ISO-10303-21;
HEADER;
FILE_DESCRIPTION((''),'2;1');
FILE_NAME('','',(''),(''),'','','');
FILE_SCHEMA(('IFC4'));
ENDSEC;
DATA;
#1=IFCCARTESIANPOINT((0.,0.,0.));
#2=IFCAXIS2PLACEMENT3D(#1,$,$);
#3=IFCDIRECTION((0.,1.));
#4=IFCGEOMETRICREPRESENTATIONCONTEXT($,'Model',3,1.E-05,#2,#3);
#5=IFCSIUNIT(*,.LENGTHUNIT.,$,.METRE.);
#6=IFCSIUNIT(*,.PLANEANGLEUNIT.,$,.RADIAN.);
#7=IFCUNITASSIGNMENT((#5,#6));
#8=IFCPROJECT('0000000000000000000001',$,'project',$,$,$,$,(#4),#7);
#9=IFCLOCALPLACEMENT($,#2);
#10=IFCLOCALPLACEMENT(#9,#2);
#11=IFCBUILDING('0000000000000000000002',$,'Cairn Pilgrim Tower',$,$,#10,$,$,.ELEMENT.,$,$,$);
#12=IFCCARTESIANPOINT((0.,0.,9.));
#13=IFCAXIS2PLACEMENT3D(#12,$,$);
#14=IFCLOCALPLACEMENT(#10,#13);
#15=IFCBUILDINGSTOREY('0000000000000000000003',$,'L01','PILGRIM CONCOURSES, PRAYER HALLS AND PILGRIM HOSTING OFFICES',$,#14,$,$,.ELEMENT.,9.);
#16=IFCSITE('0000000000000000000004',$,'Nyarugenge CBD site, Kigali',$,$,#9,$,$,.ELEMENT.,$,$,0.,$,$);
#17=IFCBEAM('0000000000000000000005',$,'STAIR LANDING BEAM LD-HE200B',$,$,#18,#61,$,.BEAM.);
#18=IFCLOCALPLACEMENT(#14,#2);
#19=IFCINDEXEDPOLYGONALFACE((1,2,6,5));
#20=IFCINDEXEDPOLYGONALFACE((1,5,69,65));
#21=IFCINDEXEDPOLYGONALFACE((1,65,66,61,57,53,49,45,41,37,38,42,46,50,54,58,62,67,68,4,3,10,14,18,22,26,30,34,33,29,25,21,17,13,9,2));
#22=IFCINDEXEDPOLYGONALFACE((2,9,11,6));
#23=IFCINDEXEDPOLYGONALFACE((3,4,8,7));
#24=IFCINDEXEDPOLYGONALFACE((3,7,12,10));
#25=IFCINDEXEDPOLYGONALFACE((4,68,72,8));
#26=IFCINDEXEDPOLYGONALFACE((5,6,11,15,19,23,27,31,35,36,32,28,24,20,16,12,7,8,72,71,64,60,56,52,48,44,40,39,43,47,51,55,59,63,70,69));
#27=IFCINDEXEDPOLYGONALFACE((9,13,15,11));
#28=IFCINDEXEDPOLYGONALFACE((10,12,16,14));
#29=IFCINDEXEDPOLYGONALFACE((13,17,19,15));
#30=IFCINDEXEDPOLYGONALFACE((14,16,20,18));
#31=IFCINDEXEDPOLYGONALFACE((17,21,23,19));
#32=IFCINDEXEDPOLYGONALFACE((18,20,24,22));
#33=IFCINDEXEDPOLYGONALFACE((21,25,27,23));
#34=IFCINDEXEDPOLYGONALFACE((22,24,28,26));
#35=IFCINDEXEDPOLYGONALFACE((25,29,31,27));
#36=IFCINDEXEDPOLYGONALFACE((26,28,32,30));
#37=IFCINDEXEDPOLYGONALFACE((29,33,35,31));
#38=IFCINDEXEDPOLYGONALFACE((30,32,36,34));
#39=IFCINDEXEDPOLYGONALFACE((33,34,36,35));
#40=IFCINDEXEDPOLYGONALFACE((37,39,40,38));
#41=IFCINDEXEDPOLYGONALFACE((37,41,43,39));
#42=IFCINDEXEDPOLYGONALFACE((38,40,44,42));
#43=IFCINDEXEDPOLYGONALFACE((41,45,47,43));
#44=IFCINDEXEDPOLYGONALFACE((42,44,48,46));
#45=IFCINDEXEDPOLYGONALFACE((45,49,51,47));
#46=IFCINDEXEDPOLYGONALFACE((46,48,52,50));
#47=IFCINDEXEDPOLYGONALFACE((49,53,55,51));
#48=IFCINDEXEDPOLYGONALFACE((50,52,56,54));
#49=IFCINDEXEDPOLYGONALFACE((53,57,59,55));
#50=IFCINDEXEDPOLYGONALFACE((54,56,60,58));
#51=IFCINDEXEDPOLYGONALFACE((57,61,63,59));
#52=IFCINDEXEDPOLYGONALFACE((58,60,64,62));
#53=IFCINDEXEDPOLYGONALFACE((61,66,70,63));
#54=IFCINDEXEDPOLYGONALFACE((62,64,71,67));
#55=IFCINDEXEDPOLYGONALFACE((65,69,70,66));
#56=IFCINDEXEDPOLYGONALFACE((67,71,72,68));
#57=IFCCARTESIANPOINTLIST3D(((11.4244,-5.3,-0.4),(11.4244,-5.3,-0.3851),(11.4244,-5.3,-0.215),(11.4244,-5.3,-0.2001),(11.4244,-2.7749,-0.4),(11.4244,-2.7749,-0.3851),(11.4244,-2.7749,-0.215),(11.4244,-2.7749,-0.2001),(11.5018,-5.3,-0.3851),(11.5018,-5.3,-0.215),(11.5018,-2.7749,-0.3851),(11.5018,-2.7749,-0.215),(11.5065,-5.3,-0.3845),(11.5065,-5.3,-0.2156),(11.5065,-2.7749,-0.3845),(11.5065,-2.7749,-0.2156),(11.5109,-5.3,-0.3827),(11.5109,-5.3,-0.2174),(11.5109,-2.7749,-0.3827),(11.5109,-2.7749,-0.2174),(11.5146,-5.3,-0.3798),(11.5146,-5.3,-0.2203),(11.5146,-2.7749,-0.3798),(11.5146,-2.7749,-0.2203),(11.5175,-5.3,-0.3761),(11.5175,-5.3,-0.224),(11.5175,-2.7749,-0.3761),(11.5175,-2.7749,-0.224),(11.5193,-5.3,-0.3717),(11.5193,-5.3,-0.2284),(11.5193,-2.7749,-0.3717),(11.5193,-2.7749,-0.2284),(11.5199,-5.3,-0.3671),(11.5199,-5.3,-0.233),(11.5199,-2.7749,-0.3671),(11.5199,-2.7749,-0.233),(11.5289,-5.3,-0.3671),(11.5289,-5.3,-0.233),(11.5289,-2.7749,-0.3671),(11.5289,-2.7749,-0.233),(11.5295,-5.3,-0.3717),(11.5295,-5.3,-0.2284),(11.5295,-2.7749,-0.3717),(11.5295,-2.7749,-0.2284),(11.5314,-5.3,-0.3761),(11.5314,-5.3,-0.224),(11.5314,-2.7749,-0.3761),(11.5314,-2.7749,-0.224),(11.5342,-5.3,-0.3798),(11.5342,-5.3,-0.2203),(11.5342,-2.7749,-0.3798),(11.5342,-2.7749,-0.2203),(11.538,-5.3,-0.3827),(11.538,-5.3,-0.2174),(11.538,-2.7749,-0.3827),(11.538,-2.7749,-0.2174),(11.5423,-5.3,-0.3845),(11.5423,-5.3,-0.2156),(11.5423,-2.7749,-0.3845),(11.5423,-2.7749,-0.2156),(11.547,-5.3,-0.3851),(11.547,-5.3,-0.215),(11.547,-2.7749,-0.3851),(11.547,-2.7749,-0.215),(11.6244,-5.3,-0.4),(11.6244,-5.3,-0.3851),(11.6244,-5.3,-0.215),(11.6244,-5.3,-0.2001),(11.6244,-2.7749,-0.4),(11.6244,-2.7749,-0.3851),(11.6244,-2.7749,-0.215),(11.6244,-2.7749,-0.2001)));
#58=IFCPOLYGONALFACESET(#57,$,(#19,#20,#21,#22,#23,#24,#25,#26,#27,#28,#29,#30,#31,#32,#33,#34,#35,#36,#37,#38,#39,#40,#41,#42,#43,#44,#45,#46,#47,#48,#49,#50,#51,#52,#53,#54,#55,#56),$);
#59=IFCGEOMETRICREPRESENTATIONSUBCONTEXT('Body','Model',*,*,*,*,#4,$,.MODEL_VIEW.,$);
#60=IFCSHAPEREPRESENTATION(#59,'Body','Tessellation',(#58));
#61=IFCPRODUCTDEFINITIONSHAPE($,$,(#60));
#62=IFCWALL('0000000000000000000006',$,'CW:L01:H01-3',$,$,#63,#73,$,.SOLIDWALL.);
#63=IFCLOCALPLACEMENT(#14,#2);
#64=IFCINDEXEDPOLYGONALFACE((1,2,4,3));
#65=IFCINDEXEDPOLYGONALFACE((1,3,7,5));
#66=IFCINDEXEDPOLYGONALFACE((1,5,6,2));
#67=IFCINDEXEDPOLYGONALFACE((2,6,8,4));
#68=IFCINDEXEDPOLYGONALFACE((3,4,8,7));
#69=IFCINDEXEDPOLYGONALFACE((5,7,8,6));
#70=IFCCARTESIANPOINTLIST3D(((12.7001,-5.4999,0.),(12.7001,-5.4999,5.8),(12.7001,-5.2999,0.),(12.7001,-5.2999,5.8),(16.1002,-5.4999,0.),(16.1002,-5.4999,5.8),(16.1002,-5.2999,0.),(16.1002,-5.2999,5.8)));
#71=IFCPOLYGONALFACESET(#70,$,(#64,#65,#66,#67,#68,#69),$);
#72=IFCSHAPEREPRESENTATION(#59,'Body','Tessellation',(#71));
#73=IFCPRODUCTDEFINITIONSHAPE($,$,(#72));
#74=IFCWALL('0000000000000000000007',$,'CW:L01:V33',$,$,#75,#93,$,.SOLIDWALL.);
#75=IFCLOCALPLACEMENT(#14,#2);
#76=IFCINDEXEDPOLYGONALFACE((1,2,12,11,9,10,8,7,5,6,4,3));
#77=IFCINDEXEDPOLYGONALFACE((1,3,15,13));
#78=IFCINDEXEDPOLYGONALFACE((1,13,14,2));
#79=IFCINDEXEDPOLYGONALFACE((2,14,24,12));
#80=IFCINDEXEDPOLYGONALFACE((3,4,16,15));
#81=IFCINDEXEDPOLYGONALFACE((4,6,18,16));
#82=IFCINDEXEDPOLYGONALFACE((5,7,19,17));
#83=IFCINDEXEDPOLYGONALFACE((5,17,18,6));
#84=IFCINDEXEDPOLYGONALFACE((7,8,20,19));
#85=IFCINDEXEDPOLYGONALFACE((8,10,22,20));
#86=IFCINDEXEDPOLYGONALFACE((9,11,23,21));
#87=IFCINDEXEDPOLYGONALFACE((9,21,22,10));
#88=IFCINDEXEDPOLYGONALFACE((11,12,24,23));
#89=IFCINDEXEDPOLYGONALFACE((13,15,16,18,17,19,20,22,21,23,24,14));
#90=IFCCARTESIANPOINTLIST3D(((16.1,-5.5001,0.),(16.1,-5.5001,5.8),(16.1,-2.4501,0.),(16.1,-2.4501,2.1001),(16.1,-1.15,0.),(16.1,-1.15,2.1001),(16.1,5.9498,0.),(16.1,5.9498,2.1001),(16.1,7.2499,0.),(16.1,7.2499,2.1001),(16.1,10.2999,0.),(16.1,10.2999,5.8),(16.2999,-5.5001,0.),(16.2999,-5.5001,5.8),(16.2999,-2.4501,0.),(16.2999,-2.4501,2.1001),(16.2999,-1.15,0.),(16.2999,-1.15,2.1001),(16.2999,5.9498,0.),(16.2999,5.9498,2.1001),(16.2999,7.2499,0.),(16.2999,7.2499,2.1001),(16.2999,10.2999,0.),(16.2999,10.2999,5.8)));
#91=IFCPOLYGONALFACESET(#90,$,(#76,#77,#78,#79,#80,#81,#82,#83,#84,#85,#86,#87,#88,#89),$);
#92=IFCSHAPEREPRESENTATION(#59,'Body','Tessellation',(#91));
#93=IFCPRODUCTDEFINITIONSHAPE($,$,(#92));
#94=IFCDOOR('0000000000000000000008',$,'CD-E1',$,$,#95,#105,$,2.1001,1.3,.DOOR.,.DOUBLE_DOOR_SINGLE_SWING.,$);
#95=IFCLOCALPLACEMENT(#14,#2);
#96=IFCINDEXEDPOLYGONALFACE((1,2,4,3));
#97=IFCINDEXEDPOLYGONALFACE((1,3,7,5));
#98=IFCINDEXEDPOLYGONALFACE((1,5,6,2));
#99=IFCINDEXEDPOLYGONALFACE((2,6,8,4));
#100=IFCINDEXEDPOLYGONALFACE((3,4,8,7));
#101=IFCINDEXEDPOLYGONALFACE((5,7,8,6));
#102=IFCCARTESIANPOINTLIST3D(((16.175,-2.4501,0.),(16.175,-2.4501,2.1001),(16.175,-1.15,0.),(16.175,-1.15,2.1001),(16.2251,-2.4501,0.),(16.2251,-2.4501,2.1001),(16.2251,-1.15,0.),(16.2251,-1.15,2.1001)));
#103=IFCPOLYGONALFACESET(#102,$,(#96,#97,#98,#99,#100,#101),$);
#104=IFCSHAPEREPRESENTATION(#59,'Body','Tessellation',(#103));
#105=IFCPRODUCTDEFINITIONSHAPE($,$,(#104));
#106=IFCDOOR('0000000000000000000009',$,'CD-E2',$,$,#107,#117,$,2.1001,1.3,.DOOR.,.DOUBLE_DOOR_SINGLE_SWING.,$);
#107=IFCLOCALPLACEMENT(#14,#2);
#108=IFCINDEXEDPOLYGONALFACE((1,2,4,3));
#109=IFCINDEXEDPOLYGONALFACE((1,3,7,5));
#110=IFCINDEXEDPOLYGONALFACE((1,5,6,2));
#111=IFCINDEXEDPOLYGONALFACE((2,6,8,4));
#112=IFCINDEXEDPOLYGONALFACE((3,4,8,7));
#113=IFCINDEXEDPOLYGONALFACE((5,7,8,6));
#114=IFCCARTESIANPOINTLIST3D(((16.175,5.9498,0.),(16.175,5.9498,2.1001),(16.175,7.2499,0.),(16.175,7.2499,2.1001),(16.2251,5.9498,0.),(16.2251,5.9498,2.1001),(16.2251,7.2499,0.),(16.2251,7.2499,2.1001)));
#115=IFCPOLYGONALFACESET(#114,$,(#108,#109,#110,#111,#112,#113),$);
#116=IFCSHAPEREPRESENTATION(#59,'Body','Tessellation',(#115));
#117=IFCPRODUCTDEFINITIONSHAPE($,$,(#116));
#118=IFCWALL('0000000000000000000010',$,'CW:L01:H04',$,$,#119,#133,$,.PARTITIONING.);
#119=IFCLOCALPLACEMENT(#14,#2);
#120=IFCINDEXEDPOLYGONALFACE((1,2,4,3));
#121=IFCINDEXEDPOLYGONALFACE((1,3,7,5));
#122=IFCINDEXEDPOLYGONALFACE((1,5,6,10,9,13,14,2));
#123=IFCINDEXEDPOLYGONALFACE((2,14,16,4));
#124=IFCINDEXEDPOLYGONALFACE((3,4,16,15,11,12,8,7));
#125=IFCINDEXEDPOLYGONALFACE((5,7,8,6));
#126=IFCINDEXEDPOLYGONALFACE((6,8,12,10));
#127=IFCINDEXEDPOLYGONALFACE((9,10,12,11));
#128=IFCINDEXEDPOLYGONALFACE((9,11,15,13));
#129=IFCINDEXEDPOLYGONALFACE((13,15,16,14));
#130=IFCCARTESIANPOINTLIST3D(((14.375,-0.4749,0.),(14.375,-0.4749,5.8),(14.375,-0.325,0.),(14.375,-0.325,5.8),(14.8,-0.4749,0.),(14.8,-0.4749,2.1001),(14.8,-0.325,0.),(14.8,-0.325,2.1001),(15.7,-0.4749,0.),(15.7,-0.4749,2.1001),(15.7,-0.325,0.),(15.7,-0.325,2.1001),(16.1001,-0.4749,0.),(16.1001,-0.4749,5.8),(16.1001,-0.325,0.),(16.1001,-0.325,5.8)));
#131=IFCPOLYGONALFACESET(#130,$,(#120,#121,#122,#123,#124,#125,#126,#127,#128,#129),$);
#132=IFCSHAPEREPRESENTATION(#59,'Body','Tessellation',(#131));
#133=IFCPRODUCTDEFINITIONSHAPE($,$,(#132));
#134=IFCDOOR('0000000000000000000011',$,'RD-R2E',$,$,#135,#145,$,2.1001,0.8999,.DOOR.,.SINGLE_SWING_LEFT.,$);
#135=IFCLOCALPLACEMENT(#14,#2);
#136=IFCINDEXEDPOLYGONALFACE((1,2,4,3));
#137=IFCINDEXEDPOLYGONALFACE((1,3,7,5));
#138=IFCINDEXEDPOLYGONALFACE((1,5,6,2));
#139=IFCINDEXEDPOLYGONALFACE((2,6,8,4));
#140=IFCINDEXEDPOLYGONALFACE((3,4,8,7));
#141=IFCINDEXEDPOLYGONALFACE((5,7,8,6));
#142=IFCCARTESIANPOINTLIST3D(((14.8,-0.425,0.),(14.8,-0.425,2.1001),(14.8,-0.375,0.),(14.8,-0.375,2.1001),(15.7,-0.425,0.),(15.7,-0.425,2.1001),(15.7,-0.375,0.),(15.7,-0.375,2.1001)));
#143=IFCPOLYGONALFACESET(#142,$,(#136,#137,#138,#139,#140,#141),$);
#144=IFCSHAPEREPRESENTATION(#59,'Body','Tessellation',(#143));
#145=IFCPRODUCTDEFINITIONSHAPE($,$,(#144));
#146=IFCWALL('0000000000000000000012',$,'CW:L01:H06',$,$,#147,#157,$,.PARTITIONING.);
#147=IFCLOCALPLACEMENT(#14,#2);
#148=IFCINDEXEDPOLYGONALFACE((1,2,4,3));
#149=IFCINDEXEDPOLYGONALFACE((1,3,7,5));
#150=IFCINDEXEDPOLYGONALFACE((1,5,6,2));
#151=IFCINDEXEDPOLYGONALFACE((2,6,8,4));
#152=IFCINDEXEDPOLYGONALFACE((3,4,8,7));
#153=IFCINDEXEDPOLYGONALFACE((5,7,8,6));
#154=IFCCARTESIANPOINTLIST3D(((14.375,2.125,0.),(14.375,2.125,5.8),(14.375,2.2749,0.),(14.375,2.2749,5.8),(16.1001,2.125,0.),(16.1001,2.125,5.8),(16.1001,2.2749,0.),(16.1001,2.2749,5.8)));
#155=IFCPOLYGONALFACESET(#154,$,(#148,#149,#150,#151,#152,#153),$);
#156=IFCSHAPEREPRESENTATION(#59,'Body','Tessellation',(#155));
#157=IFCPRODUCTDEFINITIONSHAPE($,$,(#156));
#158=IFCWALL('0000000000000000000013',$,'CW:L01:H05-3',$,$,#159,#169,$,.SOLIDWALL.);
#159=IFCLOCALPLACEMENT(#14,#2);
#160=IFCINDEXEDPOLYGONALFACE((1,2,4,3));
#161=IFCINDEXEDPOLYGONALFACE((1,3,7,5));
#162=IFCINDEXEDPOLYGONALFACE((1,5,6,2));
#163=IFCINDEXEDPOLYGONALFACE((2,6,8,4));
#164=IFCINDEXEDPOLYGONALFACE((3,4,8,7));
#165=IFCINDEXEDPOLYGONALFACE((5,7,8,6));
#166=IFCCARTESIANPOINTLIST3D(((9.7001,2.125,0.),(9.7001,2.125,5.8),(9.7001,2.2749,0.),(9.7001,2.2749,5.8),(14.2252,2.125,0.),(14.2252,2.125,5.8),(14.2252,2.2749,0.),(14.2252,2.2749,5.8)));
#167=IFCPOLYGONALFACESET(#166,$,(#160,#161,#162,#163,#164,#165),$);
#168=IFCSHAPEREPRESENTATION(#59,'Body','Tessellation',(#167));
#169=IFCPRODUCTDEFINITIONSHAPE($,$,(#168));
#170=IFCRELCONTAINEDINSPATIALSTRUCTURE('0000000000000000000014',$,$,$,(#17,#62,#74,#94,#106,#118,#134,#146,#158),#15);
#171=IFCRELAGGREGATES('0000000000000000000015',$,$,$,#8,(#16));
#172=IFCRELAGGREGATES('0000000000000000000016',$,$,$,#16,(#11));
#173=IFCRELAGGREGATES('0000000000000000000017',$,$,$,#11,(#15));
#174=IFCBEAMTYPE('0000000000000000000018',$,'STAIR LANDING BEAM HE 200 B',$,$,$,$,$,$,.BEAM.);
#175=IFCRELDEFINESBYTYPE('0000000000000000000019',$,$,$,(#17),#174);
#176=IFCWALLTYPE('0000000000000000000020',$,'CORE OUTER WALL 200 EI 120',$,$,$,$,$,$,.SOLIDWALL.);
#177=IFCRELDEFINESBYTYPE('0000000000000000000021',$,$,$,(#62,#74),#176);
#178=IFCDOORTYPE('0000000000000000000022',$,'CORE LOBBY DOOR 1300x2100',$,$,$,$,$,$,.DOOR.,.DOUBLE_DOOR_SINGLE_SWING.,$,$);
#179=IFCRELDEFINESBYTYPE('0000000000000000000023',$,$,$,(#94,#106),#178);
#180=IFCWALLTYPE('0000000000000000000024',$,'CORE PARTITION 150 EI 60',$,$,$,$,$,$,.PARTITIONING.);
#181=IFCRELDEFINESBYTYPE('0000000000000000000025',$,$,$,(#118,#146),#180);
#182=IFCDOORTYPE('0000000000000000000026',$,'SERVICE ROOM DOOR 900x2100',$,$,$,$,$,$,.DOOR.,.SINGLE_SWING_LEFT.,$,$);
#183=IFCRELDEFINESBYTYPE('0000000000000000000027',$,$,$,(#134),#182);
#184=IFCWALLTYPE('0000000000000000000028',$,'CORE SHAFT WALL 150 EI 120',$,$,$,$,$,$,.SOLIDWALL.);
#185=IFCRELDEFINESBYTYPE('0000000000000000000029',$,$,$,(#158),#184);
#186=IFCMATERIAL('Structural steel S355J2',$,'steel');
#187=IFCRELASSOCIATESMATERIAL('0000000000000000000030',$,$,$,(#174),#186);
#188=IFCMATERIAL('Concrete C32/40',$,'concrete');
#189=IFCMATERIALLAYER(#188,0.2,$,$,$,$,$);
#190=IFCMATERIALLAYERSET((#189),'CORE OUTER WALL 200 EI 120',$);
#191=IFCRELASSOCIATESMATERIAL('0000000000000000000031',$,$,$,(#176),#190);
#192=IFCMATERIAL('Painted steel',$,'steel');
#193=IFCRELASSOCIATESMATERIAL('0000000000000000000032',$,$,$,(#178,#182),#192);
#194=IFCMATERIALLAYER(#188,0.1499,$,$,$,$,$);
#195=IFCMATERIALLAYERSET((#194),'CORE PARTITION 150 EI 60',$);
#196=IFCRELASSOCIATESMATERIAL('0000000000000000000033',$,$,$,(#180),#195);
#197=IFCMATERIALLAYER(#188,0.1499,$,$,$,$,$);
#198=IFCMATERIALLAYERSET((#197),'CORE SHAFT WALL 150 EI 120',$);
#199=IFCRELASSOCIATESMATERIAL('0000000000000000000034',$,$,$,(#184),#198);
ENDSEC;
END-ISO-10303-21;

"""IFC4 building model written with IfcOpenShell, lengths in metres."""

from ifc_helpers import new_model, si_unit, direction, frame, frame_2d, origin, origin_2d, place, context, subcontext, project, spatial, rectangle, i_section, extrude, material, layer, layer_set, material_profile, profile_set, type_object, element, fill, save


model = new_model("IFC4")

# Units and contexts
model_context = context("Model", 3, precision=1e-05, world=origin(), true_north=direction((0.0, 1.0)))
body_context = subcontext(model_context, "Body", "Model", "MODEL_VIEW")
ifc_project = project(units=[si_unit("LENGTHUNIT", "METRE"), si_unit("PLANEANGLEUNIT", "RADIAN")], contexts=[model_context])

# Site, building, storey
site_placement = place(None, origin())
site = spatial("IfcSite", under=ifc_project, at=site_placement, Name="Nyarugenge CBD site, Kigali", CompositionType="ELEMENT", RefElevation=0.0)
building_placement = place(site_placement, origin())
building = spatial("IfcBuilding", under=site, at=building_placement, Name="Cairn Pilgrim Tower", CompositionType="ELEMENT")
storey_placement = place(building_placement, frame((0.0, 0.0, 9.0)))
storey = spatial("IfcBuildingStorey", under=building, at=storey_placement, Name="L01", Description="PILGRIM CONCOURSES, PRAYER HALLS AND PILGRIM HOSTING OFFICES", CompositionType="ELEMENT", Elevation=9.0)

# Beam
ifc_material_1 = material(Name="Structural steel S355J2", Category="steel")
ifc_material_profile_1 = material_profile(ifc_material_1, i_section(OverallWidth=0.2, OverallDepth=0.2, WebThickness=0.009, FlangeThickness=0.0149, FilletRadius=0.0181, at=origin_2d()), Name="HE 200 B")
ifc_profile_set_1 = profile_set([ifc_material_profile_1], Name="Structural steel S355J2")
beam_type_1 = type_object("IfcBeamType", Name="STAIR LANDING BEAM HE 200 B", PredefinedType="BEAM", material=ifc_profile_set_1)
beam_1_placement = place(storey_placement, frame((11.5244, -2.7749, -0.3), z_axis=(0.0, -1.0, 0.0), x_axis=(1.0, 0.0, 0.0)))
element("IfcBeam", 1, at=beam_1_placement, inside=storey, type_object=beam_type_1, Name="STAIR LANDING BEAM LD-HE200B", PredefinedType="BEAM", context=body_context, shape_type="SweptSolid", body=[
    extrude(i_section(OverallWidth=0.2, OverallDepth=0.2, WebThickness=0.009, FlangeThickness=0.0149, FilletRadius=0.0181, at=origin_2d()), origin(), (0.0, 0.0, 1.0), 2.5251),
])

# Wall
ifc_material_2 = material(Name="Concrete C32/40", Category="concrete")
ifc_layer_1 = layer(ifc_material_2, 0.2)
ifc_layer_set_1 = layer_set([ifc_layer_1], Name="CORE OUTER WALL 200 EI 120")
wall_type_1 = type_object("IfcWallType", Name="CORE OUTER WALL 200 EI 120", PredefinedType="SOLIDWALL", material=ifc_layer_set_1)
wall_1_placement = place(storey_placement, frame((12.7, -5.3999, 0.0), z_axis=(0.0, 0.0, 1.0), x_axis=(1.0, 0.0, 0.0)))
element("IfcWall", 2, at=wall_1_placement, inside=storey, type_object=wall_type_1, Name="CW:L01:H01-3", PredefinedType="SOLIDWALL", context=body_context, shape_type="SweptSolid", body=[
    extrude(rectangle(XDim=3.4001, YDim=0.2, at=frame_2d((1.7002, 0.0))), origin(), (0.0, 0.0, 1.0), 5.8),
])

# Wall, openings, doors
wall_2_placement = place(storey_placement, frame((16.2, -5.5, 0.0), z_axis=(0.0, 0.0, 1.0), x_axis=(0.0, 1.0, 0.0)))
wall_2 = element("IfcWall", 3, at=wall_2_placement, inside=storey, type_object=wall_type_1, Name="CW:L01:V33", PredefinedType="SOLIDWALL", context=body_context, shape_type="SweptSolid", body=[
    extrude(rectangle(XDim=15.8, YDim=0.2, at=frame_2d((7.8999, 0.0))), origin(), (0.0, 0.0, 1.0), 5.8),
])
opening_1_placement = place(wall_2_placement, frame((3.05, 0.0, 0.0)))
opening_1 = element("IfcOpeningElement", 4, at=opening_1_placement, cuts=wall_2, PredefinedType="OPENING", context=body_context, shape_type="SweptSolid", body=[
    extrude(rectangle(XDim=1.3, YDim=2.1001, at=frame_2d((0.6499, 1.05))), frame((0.0, 0.1099, 0.0), z_axis=(0.0, -1.0, 0.0), x_axis=(1.0, 0.0, 0.0)), (0.0, 0.0, 1.0), 0.22),
])
opening_2_placement = place(wall_2_placement, frame((11.45, 0.0, 0.0)))
opening_2 = element("IfcOpeningElement", 5, at=opening_2_placement, cuts=wall_2, PredefinedType="OPENING", context=body_context, shape_type="SweptSolid", body=[
    extrude(rectangle(XDim=1.3, YDim=2.1001, at=frame_2d((0.6499, 1.05))), frame((0.0, 0.1099, 0.0), z_axis=(0.0, -1.0, 0.0), x_axis=(1.0, 0.0, 0.0)), (0.0, 0.0, 1.0), 0.22),
])
ifc_material_3 = material(Name="Painted steel", Category="steel")
door_type_1 = type_object("IfcDoorType", Name="CORE LOBBY DOOR 1300x2100", OperationType="DOUBLE_DOOR_SINGLE_SWING", PredefinedType="DOOR", material=ifc_material_3)
door_1_placement = place(opening_1_placement, origin())
door_1 = element("IfcDoor", 6, at=door_1_placement, inside=storey, type_object=door_type_1, Name="CD-E1", OperationType="DOUBLE_DOOR_SINGLE_SWING", OverallHeight=2.1001, OverallWidth=1.3, PredefinedType="DOOR", context=body_context, shape_type="SweptSolid", body=[
    extrude(rectangle(XDim=1.3, YDim=2.1001, at=frame_2d((0.6499, 1.05))), frame((0.0, 0.0249, 0.0), z_axis=(0.0, -1.0, 0.0), x_axis=(1.0, 0.0, 0.0)), (0.0, 0.0, 1.0), 0.05),
])
fill(opening_1, door_1)
door_2_placement = place(opening_2_placement, origin())
door_2 = element("IfcDoor", 7, at=door_2_placement, inside=storey, type_object=door_type_1, Name="CD-E2", OperationType="DOUBLE_DOOR_SINGLE_SWING", OverallHeight=2.1001, OverallWidth=1.3, PredefinedType="DOOR", context=body_context, shape_type="SweptSolid", body=[
    extrude(rectangle(XDim=1.3, YDim=2.1001, at=frame_2d((0.6499, 1.05))), frame((0.0, 0.0249, 0.0), z_axis=(0.0, -1.0, 0.0), x_axis=(1.0, 0.0, 0.0)), (0.0, 0.0, 1.0), 0.05),
])
fill(opening_2, door_2)

# Wall, opening, door
ifc_layer_2 = layer(ifc_material_2, 0.1499)
ifc_layer_set_2 = layer_set([ifc_layer_2], Name="CORE PARTITION 150 EI 60")
wall_type_2 = type_object("IfcWallType", Name="CORE PARTITION 150 EI 60", PredefinedType="PARTITIONING", material=ifc_layer_set_2)
wall_3_placement = place(storey_placement, frame((14.375, -0.3999, 0.0), z_axis=(0.0, 0.0, 1.0), x_axis=(1.0, 0.0, 0.0)))
wall_3 = element("IfcWall", 8, at=wall_3_placement, inside=storey, type_object=wall_type_2, Name="CW:L01:H04", PredefinedType="PARTITIONING", context=body_context, shape_type="SweptSolid", body=[
    extrude(rectangle(XDim=1.7251, YDim=0.1499, at=frame_2d((0.8625, 0.0))), origin(), (0.0, 0.0, 1.0), 5.8),
])
opening_3_placement = place(wall_3_placement, frame((0.425, 0.0, 0.0)))
opening_3 = element("IfcOpeningElement", 9, at=opening_3_placement, cuts=wall_3, PredefinedType="OPENING", context=body_context, shape_type="SweptSolid", body=[
    extrude(rectangle(XDim=0.8999, YDim=2.1001, at=frame_2d((0.45, 1.05))), frame((0.0, 0.085, 0.0), z_axis=(0.0, -1.0, 0.0), x_axis=(1.0, 0.0, 0.0)), (0.0, 0.0, 1.0), 0.1699),
])
door_type_2 = type_object("IfcDoorType", Name="SERVICE ROOM DOOR 900x2100", OperationType="SINGLE_SWING_LEFT", PredefinedType="DOOR", material=ifc_material_3)
door_3_placement = place(opening_3_placement, origin())
door_3 = element("IfcDoor", 10, at=door_3_placement, inside=storey, type_object=door_type_2, Name="RD-R2E", OperationType="SINGLE_SWING_LEFT", OverallHeight=2.1001, OverallWidth=0.8999, PredefinedType="DOOR", context=body_context, shape_type="SweptSolid", body=[
    extrude(rectangle(XDim=0.8999, YDim=2.1001, at=frame_2d((0.45, 1.05))), frame((0.0, 0.0249, 0.0), z_axis=(0.0, -1.0, 0.0), x_axis=(1.0, 0.0, 0.0)), (0.0, 0.0, 1.0), 0.05),
])
fill(opening_3, door_3)

# Walls
wall_4_placement = place(storey_placement, frame((14.375, 2.2, 0.0), z_axis=(0.0, 0.0, 1.0), x_axis=(1.0, 0.0, 0.0)))
element("IfcWall", 11, at=wall_4_placement, inside=storey, type_object=wall_type_2, Name="CW:L01:H06", PredefinedType="PARTITIONING", context=body_context, shape_type="SweptSolid", body=[
    extrude(rectangle(XDim=1.7251, YDim=0.1499, at=frame_2d((0.8625, 0.0))), origin(), (0.0, 0.0, 1.0), 5.8),
])
ifc_layer_3 = layer(ifc_material_2, 0.1499)
ifc_layer_set_3 = layer_set([ifc_layer_3], Name="CORE SHAFT WALL 150 EI 120")
wall_type_3 = type_object("IfcWallType", Name="CORE SHAFT WALL 150 EI 120", PredefinedType="SOLIDWALL", material=ifc_layer_set_3)
wall_5_placement = place(storey_placement, frame((9.7, 2.2, 0.0), z_axis=(0.0, 0.0, 1.0), x_axis=(1.0, 0.0, 0.0)))
element("IfcWall", 12, at=wall_5_placement, inside=storey, type_object=wall_type_3, Name="CW:L01:H05-3", PredefinedType="SOLIDWALL", context=body_context, shape_type="SweptSolid", body=[
    extrude(rectangle(XDim=4.5251, YDim=0.1499, at=frame_2d((2.2627, 0.0))), origin(), (0.0, 0.0, 1.0), 5.8),
])

save(model, "model.ifc")
